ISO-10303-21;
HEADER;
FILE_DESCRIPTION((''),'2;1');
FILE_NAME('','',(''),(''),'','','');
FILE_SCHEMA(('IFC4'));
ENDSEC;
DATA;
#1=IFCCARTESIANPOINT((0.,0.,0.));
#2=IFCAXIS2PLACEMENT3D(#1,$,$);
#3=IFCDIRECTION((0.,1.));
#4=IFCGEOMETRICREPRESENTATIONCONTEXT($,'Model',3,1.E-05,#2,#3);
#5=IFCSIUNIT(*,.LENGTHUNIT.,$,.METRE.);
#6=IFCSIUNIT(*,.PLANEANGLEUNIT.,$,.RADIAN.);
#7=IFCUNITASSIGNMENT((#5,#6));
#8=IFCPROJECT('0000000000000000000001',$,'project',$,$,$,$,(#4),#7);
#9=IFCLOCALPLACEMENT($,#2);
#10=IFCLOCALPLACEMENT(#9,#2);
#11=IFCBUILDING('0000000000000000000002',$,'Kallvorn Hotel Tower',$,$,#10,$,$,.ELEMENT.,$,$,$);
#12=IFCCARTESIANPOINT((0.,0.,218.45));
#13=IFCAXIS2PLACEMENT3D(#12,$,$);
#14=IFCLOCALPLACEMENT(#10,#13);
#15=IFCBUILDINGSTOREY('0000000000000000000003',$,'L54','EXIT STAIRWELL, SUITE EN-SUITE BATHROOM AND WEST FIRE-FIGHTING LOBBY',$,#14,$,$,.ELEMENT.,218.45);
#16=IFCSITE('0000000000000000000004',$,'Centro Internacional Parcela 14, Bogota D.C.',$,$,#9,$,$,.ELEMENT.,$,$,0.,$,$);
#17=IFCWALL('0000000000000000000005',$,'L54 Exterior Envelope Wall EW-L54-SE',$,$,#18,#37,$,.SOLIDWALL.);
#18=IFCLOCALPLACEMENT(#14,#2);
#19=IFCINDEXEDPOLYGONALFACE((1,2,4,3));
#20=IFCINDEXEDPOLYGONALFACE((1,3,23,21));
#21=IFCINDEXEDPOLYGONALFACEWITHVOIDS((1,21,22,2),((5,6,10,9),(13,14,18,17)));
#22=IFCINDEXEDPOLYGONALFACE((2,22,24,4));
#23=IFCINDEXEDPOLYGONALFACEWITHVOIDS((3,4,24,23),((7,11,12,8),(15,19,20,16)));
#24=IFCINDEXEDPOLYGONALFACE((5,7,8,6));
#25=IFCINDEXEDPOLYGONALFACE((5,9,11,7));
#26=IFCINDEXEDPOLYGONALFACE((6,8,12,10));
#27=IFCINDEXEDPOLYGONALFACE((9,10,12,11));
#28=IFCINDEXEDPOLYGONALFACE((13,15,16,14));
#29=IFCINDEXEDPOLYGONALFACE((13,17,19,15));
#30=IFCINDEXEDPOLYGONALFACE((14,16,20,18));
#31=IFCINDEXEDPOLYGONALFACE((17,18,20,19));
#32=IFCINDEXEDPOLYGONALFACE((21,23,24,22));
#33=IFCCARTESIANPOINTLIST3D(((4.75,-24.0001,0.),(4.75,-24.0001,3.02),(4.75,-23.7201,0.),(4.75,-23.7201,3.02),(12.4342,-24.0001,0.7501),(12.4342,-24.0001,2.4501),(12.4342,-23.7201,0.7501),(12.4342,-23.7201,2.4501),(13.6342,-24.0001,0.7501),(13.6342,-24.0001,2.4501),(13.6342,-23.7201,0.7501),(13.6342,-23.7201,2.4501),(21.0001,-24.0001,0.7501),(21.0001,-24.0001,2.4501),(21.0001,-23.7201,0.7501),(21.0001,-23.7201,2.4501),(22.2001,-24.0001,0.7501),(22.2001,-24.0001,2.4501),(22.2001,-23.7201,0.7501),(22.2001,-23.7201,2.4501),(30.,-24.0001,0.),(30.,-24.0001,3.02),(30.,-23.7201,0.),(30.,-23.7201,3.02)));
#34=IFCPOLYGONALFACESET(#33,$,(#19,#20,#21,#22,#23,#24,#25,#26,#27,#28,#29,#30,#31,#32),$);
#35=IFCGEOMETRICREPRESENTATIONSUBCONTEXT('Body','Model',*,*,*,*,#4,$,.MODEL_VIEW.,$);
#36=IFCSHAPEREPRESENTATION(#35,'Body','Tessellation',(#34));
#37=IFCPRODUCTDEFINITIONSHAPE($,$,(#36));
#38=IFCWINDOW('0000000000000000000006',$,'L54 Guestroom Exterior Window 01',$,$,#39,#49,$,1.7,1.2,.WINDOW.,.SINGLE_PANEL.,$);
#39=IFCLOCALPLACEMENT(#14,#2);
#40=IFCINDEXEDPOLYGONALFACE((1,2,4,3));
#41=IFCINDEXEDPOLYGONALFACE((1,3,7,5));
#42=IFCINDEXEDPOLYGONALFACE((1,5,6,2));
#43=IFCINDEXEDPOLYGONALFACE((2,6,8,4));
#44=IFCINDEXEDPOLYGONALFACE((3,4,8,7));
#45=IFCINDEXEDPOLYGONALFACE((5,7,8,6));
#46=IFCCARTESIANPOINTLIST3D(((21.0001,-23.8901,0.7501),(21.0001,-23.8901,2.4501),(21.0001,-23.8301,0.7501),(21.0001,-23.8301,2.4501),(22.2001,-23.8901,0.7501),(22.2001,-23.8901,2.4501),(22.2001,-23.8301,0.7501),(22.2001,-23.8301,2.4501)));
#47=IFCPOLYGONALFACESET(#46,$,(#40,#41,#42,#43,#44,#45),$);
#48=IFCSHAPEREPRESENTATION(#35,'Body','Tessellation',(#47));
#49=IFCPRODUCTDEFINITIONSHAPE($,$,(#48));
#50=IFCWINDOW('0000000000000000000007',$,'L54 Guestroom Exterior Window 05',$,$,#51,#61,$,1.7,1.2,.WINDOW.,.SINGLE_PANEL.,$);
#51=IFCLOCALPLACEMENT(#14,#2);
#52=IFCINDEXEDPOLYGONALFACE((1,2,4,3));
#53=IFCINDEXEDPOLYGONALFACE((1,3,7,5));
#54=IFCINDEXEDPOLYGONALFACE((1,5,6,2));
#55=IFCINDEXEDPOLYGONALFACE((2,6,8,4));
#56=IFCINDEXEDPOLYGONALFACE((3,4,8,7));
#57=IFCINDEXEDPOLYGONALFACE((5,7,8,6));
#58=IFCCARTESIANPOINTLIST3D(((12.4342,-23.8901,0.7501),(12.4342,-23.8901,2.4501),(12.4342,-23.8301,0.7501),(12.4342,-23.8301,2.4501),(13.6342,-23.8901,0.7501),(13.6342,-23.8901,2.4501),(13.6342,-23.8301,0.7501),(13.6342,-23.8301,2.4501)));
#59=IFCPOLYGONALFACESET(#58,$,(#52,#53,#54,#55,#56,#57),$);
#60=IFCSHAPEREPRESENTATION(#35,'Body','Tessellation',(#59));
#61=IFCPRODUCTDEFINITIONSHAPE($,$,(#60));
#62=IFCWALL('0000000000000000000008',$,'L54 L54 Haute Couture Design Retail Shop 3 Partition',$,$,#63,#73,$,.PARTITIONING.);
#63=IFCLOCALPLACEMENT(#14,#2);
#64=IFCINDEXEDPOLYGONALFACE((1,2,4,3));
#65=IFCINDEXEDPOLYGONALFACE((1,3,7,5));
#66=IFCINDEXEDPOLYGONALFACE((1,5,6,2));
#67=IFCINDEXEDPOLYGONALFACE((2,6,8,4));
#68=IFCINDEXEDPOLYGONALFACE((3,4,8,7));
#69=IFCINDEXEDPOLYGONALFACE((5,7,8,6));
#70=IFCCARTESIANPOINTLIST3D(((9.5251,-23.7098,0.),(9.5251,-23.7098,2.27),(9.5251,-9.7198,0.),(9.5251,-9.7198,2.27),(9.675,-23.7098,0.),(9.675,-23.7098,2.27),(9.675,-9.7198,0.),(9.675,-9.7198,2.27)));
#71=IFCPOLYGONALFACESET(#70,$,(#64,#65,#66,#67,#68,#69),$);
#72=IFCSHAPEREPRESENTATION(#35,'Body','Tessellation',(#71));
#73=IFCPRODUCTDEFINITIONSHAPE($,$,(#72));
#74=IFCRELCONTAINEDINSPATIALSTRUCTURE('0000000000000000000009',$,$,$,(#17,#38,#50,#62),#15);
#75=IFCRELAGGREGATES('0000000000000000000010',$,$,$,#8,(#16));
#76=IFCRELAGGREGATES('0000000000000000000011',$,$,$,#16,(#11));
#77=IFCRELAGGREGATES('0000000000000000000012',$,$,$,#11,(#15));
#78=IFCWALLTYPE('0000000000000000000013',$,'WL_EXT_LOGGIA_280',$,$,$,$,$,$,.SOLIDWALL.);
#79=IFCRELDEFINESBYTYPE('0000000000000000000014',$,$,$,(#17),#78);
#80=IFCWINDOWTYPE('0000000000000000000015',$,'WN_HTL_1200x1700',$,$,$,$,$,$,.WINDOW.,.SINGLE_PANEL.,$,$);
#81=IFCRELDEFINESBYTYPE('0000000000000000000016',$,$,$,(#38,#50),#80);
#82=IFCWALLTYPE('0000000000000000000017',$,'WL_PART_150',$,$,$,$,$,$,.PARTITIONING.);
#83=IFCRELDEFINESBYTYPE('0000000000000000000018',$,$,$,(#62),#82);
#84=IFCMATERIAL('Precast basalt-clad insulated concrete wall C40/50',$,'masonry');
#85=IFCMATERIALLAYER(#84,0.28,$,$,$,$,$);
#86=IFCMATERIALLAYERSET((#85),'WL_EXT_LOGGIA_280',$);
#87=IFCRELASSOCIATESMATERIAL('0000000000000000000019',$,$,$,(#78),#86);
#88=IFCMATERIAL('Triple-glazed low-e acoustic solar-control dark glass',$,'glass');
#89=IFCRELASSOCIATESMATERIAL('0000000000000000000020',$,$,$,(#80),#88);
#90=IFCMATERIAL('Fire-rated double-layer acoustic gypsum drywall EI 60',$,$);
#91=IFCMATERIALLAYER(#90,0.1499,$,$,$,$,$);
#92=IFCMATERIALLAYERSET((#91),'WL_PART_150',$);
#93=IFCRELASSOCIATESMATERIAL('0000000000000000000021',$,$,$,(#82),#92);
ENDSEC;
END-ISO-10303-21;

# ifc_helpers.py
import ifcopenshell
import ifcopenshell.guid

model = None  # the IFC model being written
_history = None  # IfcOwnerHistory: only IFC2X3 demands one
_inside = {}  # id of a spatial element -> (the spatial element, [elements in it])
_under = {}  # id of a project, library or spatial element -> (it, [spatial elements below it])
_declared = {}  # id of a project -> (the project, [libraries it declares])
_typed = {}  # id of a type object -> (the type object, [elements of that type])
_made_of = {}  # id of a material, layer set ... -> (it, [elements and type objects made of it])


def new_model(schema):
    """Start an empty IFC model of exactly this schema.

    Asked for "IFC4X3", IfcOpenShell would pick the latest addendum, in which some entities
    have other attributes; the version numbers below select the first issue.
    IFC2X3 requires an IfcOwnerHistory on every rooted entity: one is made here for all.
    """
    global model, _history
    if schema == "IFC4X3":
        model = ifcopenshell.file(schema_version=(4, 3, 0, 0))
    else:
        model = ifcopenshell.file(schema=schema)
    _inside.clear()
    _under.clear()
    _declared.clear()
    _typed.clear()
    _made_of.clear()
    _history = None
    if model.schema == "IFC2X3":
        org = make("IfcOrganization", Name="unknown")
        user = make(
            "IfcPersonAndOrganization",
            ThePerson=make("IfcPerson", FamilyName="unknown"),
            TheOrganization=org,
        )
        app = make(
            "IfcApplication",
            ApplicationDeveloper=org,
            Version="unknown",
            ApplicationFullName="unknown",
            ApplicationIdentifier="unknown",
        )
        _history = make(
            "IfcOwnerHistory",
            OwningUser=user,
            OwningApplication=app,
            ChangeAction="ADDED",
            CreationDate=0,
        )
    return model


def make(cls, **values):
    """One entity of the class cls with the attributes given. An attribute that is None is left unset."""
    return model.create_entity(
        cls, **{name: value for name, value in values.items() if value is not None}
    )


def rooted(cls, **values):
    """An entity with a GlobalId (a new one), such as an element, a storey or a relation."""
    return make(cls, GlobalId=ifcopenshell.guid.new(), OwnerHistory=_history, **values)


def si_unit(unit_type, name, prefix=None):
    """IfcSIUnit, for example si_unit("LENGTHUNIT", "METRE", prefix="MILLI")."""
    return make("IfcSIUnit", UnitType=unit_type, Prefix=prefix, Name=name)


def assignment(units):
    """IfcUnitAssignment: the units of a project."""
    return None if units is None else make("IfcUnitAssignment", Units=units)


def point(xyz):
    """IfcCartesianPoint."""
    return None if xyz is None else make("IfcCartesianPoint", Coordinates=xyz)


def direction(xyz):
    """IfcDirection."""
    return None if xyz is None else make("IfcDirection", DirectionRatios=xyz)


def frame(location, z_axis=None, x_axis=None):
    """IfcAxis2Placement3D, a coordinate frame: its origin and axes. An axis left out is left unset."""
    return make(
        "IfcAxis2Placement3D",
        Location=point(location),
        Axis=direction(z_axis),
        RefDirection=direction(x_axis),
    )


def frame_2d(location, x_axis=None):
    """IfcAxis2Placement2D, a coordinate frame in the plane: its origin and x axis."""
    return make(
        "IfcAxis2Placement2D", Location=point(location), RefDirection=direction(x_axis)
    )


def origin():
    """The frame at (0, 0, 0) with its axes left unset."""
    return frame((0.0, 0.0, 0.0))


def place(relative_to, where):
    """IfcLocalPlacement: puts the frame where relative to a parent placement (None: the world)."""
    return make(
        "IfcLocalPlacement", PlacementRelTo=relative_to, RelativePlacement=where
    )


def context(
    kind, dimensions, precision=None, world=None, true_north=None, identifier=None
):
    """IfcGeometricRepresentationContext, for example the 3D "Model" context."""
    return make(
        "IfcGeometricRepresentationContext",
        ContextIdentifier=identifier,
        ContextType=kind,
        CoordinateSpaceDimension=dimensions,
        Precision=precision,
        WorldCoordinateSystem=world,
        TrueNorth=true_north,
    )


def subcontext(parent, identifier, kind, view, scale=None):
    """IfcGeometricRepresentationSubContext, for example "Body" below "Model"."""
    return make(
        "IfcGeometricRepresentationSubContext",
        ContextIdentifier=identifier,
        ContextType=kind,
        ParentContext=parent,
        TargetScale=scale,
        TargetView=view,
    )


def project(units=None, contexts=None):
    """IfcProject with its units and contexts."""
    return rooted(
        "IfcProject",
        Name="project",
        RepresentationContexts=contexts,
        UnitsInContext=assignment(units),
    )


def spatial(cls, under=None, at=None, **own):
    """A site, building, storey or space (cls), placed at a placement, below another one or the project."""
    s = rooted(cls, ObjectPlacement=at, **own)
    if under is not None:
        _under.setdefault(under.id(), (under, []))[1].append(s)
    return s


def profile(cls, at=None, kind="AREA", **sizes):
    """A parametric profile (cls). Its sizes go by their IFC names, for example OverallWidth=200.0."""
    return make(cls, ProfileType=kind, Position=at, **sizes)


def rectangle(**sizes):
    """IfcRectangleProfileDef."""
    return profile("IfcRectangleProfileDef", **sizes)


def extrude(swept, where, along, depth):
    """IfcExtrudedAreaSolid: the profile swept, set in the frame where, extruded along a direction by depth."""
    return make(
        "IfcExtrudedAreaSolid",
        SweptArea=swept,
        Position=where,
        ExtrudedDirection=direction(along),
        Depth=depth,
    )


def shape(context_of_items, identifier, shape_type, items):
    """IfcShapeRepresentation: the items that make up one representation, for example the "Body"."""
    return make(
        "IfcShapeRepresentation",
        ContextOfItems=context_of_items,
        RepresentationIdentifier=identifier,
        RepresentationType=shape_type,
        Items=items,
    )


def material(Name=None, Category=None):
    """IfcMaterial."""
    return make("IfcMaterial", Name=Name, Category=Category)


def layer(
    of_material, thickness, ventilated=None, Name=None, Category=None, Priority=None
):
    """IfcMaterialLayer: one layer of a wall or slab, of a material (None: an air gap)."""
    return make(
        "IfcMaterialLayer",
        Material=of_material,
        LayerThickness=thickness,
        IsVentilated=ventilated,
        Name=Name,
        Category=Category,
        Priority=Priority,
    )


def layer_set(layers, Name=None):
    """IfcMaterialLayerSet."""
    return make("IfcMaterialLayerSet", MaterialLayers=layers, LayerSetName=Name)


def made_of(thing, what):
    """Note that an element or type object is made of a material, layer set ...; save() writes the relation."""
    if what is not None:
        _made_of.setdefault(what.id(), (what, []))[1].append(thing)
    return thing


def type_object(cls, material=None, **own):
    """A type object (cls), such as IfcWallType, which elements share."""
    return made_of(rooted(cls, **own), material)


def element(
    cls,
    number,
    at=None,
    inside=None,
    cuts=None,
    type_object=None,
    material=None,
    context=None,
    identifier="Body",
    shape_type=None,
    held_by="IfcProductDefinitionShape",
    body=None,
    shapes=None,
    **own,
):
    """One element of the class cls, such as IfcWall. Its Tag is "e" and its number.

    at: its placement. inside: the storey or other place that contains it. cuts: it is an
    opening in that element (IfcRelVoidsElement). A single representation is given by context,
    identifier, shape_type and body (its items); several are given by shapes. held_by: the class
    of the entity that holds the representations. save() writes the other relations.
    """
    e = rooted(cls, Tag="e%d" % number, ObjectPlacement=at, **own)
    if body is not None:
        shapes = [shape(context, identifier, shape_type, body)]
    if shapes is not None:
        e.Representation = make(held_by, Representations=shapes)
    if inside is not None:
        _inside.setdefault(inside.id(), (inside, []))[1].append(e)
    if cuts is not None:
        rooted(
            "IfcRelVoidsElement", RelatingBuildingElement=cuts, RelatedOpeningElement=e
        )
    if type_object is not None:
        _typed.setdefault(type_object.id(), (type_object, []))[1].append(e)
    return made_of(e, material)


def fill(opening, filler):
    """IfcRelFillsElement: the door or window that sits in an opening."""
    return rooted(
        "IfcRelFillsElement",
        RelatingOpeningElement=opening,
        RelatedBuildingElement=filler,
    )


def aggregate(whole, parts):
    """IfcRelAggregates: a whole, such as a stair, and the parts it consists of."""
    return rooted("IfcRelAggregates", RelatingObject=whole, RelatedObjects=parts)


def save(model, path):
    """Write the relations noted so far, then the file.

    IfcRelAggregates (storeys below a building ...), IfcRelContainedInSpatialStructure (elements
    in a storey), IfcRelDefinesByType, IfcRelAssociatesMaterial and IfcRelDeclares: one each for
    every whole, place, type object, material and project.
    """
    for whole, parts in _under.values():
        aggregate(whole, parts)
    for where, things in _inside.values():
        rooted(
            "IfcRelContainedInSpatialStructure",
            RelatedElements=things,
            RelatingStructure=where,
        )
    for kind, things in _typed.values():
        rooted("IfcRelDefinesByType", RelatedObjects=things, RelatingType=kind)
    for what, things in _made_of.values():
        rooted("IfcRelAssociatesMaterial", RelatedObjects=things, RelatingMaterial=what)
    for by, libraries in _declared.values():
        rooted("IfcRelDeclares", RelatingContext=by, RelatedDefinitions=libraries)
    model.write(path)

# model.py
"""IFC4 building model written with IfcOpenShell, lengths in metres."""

from ifc_helpers import new_model, si_unit, direction, frame, frame_2d, origin, place, context, subcontext, project, spatial, rectangle, extrude, material, layer, layer_set, type_object, element, fill, save


model = new_model("IFC4")

# Units and contexts
model_context = context("Model", 3, precision=1e-05, world=origin(), true_north=direction((0.0, 1.0)))
body_context = subcontext(model_context, "Body", "Model", "MODEL_VIEW")
ifc_project = project(units=[si_unit("LENGTHUNIT", "METRE"), si_unit("PLANEANGLEUNIT", "RADIAN")], contexts=[model_context])

# Site, building, storey
site_placement = place(None, origin())
site = spatial("IfcSite", under=ifc_project, at=site_placement, Name="Centro Internacional Parcela 14, Bogota D.C.", CompositionType="ELEMENT", RefElevation=0.0)
building_placement = place(site_placement, origin())
building = spatial("IfcBuilding", under=site, at=building_placement, Name="Kallvorn Hotel Tower", CompositionType="ELEMENT")
storey_placement = place(building_placement, frame((0.0, 0.0, 218.45)))
storey = spatial("IfcBuildingStorey", under=building, at=storey_placement, Name="L54", Description="EXIT STAIRWELL, SUITE EN-SUITE BATHROOM AND WEST FIRE-FIGHTING LOBBY", CompositionType="ELEMENT", Elevation=218.45)

# Wall, openings, windows
ifc_material_1 = material(Name="Precast basalt-clad insulated concrete wall C40/50", Category="masonry")
ifc_layer_1 = layer(ifc_material_1, 0.28)
ifc_layer_set_1 = layer_set([ifc_layer_1], Name="WL_EXT_LOGGIA_280")
wall_type_1 = type_object("IfcWallType", Name="WL_EXT_LOGGIA_280", PredefinedType="SOLIDWALL", material=ifc_layer_set_1)
wall_1_placement = place(storey_placement, frame((4.75, -23.8601, 0.0), z_axis=(0.0, 0.0, 1.0), x_axis=(1.0, 0.0, 0.0)))
wall_1 = element("IfcWall", 1, at=wall_1_placement, inside=storey, type_object=wall_type_1, Name="L54 Exterior Envelope Wall EW-L54-SE", PredefinedType="SOLIDWALL", context=body_context, shape_type="SweptSolid", body=[
    extrude(rectangle(XDim=25.25, YDim=0.28, at=frame_2d((12.625, 0.0))), origin(), (0.0, 0.0, 1.0), 3.02),
])
opening_1_placement = place(wall_1_placement, frame((16.25, 0.0, 0.75)))
opening_1 = element("IfcOpeningElement", 2, at=opening_1_placement, cuts=wall_1, PredefinedType="OPENING", context=body_context, shape_type="SweptSolid", body=[
    extrude(rectangle(XDim=1.2, YDim=1.7, at=frame_2d((0.6001, 0.8501))), frame((0.0, 0.155, 0.0), z_axis=(0.0, -1.0, 0.0), x_axis=(1.0, 0.0, 0.0)), (0.0, 0.0, 1.0), 0.3101),
])
opening_2_placement = place(wall_1_placement, frame((7.6841, 0.0, 0.75)))
opening_2 = element("IfcOpeningElement", 3, at=opening_2_placement, cuts=wall_1, PredefinedType="OPENING", context=body_context, shape_type="SweptSolid", body=[
    extrude(rectangle(XDim=1.2, YDim=1.7, at=frame_2d((0.6001, 0.8501))), frame((0.0, 0.155, 0.0), z_axis=(0.0, -1.0, 0.0), x_axis=(1.0, 0.0, 0.0)), (0.0, 0.0, 1.0), 0.3101),
])
ifc_material_2 = material(Name="Triple-glazed low-e acoustic solar-control dark glass", Category="glass")
window_type = type_object("IfcWindowType", Name="WN_HTL_1200x1700", PartitioningType="SINGLE_PANEL", PredefinedType="WINDOW", material=ifc_material_2)
window_1_placement = place(opening_1_placement, origin())
window_1 = element("IfcWindow", 4, at=window_1_placement, inside=storey, type_object=window_type, Name="L54 Guestroom Exterior Window 01", OverallHeight=1.7, OverallWidth=1.2, PartitioningType="SINGLE_PANEL", PredefinedType="WINDOW", context=body_context, shape_type="SweptSolid", body=[
    extrude(rectangle(XDim=1.2, YDim=1.7, at=frame_2d((0.6001, 0.8501))), frame((0.0, 0.03, 0.0), z_axis=(0.0, -1.0, 0.0), x_axis=(1.0, 0.0, 0.0)), (0.0, 0.0, 1.0), 0.0601),
])
fill(opening_1, window_1)
window_2_placement = place(opening_2_placement, origin())
window_2 = element("IfcWindow", 5, at=window_2_placement, inside=storey, type_object=window_type, Name="L54 Guestroom Exterior Window 05", OverallHeight=1.7, OverallWidth=1.2, PartitioningType="SINGLE_PANEL", PredefinedType="WINDOW", context=body_context, shape_type="SweptSolid", body=[
    extrude(rectangle(XDim=1.2, YDim=1.7, at=frame_2d((0.6001, 0.8501))), frame((0.0, 0.03, 0.0), z_axis=(0.0, -1.0, 0.0), x_axis=(1.0, 0.0, 0.0)), (0.0, 0.0, 1.0), 0.0601),
])
fill(opening_2, window_2)

# Wall
ifc_material_3 = material(Name="Fire-rated double-layer acoustic gypsum drywall EI 60")
ifc_layer_2 = layer(ifc_material_3, 0.1499)
ifc_layer_set_2 = layer_set([ifc_layer_2], Name="WL_PART_150")
wall_type_2 = type_object("IfcWallType", Name="WL_PART_150", PredefinedType="PARTITIONING", material=ifc_layer_set_2)
wall_2_placement = place(storey_placement, frame((9.6001, -23.71, 0.0), z_axis=(0.0, 0.0, 1.0), x_axis=(0.0, 1.0, 0.0)))
element("IfcWall", 6, at=wall_2_placement, inside=storey, type_object=wall_type_2, Name="L54 L54 Haute Couture Design Retail Shop 3 Partition", PredefinedType="PARTITIONING", context=body_context, shape_type="SweptSolid", body=[
    extrude(rectangle(XDim=13.99, YDim=0.1499, at=frame_2d((6.9951, 0.0))), origin(), (0.0, 0.0, 1.0), 2.27),
])

save(model, "model.ifc")
